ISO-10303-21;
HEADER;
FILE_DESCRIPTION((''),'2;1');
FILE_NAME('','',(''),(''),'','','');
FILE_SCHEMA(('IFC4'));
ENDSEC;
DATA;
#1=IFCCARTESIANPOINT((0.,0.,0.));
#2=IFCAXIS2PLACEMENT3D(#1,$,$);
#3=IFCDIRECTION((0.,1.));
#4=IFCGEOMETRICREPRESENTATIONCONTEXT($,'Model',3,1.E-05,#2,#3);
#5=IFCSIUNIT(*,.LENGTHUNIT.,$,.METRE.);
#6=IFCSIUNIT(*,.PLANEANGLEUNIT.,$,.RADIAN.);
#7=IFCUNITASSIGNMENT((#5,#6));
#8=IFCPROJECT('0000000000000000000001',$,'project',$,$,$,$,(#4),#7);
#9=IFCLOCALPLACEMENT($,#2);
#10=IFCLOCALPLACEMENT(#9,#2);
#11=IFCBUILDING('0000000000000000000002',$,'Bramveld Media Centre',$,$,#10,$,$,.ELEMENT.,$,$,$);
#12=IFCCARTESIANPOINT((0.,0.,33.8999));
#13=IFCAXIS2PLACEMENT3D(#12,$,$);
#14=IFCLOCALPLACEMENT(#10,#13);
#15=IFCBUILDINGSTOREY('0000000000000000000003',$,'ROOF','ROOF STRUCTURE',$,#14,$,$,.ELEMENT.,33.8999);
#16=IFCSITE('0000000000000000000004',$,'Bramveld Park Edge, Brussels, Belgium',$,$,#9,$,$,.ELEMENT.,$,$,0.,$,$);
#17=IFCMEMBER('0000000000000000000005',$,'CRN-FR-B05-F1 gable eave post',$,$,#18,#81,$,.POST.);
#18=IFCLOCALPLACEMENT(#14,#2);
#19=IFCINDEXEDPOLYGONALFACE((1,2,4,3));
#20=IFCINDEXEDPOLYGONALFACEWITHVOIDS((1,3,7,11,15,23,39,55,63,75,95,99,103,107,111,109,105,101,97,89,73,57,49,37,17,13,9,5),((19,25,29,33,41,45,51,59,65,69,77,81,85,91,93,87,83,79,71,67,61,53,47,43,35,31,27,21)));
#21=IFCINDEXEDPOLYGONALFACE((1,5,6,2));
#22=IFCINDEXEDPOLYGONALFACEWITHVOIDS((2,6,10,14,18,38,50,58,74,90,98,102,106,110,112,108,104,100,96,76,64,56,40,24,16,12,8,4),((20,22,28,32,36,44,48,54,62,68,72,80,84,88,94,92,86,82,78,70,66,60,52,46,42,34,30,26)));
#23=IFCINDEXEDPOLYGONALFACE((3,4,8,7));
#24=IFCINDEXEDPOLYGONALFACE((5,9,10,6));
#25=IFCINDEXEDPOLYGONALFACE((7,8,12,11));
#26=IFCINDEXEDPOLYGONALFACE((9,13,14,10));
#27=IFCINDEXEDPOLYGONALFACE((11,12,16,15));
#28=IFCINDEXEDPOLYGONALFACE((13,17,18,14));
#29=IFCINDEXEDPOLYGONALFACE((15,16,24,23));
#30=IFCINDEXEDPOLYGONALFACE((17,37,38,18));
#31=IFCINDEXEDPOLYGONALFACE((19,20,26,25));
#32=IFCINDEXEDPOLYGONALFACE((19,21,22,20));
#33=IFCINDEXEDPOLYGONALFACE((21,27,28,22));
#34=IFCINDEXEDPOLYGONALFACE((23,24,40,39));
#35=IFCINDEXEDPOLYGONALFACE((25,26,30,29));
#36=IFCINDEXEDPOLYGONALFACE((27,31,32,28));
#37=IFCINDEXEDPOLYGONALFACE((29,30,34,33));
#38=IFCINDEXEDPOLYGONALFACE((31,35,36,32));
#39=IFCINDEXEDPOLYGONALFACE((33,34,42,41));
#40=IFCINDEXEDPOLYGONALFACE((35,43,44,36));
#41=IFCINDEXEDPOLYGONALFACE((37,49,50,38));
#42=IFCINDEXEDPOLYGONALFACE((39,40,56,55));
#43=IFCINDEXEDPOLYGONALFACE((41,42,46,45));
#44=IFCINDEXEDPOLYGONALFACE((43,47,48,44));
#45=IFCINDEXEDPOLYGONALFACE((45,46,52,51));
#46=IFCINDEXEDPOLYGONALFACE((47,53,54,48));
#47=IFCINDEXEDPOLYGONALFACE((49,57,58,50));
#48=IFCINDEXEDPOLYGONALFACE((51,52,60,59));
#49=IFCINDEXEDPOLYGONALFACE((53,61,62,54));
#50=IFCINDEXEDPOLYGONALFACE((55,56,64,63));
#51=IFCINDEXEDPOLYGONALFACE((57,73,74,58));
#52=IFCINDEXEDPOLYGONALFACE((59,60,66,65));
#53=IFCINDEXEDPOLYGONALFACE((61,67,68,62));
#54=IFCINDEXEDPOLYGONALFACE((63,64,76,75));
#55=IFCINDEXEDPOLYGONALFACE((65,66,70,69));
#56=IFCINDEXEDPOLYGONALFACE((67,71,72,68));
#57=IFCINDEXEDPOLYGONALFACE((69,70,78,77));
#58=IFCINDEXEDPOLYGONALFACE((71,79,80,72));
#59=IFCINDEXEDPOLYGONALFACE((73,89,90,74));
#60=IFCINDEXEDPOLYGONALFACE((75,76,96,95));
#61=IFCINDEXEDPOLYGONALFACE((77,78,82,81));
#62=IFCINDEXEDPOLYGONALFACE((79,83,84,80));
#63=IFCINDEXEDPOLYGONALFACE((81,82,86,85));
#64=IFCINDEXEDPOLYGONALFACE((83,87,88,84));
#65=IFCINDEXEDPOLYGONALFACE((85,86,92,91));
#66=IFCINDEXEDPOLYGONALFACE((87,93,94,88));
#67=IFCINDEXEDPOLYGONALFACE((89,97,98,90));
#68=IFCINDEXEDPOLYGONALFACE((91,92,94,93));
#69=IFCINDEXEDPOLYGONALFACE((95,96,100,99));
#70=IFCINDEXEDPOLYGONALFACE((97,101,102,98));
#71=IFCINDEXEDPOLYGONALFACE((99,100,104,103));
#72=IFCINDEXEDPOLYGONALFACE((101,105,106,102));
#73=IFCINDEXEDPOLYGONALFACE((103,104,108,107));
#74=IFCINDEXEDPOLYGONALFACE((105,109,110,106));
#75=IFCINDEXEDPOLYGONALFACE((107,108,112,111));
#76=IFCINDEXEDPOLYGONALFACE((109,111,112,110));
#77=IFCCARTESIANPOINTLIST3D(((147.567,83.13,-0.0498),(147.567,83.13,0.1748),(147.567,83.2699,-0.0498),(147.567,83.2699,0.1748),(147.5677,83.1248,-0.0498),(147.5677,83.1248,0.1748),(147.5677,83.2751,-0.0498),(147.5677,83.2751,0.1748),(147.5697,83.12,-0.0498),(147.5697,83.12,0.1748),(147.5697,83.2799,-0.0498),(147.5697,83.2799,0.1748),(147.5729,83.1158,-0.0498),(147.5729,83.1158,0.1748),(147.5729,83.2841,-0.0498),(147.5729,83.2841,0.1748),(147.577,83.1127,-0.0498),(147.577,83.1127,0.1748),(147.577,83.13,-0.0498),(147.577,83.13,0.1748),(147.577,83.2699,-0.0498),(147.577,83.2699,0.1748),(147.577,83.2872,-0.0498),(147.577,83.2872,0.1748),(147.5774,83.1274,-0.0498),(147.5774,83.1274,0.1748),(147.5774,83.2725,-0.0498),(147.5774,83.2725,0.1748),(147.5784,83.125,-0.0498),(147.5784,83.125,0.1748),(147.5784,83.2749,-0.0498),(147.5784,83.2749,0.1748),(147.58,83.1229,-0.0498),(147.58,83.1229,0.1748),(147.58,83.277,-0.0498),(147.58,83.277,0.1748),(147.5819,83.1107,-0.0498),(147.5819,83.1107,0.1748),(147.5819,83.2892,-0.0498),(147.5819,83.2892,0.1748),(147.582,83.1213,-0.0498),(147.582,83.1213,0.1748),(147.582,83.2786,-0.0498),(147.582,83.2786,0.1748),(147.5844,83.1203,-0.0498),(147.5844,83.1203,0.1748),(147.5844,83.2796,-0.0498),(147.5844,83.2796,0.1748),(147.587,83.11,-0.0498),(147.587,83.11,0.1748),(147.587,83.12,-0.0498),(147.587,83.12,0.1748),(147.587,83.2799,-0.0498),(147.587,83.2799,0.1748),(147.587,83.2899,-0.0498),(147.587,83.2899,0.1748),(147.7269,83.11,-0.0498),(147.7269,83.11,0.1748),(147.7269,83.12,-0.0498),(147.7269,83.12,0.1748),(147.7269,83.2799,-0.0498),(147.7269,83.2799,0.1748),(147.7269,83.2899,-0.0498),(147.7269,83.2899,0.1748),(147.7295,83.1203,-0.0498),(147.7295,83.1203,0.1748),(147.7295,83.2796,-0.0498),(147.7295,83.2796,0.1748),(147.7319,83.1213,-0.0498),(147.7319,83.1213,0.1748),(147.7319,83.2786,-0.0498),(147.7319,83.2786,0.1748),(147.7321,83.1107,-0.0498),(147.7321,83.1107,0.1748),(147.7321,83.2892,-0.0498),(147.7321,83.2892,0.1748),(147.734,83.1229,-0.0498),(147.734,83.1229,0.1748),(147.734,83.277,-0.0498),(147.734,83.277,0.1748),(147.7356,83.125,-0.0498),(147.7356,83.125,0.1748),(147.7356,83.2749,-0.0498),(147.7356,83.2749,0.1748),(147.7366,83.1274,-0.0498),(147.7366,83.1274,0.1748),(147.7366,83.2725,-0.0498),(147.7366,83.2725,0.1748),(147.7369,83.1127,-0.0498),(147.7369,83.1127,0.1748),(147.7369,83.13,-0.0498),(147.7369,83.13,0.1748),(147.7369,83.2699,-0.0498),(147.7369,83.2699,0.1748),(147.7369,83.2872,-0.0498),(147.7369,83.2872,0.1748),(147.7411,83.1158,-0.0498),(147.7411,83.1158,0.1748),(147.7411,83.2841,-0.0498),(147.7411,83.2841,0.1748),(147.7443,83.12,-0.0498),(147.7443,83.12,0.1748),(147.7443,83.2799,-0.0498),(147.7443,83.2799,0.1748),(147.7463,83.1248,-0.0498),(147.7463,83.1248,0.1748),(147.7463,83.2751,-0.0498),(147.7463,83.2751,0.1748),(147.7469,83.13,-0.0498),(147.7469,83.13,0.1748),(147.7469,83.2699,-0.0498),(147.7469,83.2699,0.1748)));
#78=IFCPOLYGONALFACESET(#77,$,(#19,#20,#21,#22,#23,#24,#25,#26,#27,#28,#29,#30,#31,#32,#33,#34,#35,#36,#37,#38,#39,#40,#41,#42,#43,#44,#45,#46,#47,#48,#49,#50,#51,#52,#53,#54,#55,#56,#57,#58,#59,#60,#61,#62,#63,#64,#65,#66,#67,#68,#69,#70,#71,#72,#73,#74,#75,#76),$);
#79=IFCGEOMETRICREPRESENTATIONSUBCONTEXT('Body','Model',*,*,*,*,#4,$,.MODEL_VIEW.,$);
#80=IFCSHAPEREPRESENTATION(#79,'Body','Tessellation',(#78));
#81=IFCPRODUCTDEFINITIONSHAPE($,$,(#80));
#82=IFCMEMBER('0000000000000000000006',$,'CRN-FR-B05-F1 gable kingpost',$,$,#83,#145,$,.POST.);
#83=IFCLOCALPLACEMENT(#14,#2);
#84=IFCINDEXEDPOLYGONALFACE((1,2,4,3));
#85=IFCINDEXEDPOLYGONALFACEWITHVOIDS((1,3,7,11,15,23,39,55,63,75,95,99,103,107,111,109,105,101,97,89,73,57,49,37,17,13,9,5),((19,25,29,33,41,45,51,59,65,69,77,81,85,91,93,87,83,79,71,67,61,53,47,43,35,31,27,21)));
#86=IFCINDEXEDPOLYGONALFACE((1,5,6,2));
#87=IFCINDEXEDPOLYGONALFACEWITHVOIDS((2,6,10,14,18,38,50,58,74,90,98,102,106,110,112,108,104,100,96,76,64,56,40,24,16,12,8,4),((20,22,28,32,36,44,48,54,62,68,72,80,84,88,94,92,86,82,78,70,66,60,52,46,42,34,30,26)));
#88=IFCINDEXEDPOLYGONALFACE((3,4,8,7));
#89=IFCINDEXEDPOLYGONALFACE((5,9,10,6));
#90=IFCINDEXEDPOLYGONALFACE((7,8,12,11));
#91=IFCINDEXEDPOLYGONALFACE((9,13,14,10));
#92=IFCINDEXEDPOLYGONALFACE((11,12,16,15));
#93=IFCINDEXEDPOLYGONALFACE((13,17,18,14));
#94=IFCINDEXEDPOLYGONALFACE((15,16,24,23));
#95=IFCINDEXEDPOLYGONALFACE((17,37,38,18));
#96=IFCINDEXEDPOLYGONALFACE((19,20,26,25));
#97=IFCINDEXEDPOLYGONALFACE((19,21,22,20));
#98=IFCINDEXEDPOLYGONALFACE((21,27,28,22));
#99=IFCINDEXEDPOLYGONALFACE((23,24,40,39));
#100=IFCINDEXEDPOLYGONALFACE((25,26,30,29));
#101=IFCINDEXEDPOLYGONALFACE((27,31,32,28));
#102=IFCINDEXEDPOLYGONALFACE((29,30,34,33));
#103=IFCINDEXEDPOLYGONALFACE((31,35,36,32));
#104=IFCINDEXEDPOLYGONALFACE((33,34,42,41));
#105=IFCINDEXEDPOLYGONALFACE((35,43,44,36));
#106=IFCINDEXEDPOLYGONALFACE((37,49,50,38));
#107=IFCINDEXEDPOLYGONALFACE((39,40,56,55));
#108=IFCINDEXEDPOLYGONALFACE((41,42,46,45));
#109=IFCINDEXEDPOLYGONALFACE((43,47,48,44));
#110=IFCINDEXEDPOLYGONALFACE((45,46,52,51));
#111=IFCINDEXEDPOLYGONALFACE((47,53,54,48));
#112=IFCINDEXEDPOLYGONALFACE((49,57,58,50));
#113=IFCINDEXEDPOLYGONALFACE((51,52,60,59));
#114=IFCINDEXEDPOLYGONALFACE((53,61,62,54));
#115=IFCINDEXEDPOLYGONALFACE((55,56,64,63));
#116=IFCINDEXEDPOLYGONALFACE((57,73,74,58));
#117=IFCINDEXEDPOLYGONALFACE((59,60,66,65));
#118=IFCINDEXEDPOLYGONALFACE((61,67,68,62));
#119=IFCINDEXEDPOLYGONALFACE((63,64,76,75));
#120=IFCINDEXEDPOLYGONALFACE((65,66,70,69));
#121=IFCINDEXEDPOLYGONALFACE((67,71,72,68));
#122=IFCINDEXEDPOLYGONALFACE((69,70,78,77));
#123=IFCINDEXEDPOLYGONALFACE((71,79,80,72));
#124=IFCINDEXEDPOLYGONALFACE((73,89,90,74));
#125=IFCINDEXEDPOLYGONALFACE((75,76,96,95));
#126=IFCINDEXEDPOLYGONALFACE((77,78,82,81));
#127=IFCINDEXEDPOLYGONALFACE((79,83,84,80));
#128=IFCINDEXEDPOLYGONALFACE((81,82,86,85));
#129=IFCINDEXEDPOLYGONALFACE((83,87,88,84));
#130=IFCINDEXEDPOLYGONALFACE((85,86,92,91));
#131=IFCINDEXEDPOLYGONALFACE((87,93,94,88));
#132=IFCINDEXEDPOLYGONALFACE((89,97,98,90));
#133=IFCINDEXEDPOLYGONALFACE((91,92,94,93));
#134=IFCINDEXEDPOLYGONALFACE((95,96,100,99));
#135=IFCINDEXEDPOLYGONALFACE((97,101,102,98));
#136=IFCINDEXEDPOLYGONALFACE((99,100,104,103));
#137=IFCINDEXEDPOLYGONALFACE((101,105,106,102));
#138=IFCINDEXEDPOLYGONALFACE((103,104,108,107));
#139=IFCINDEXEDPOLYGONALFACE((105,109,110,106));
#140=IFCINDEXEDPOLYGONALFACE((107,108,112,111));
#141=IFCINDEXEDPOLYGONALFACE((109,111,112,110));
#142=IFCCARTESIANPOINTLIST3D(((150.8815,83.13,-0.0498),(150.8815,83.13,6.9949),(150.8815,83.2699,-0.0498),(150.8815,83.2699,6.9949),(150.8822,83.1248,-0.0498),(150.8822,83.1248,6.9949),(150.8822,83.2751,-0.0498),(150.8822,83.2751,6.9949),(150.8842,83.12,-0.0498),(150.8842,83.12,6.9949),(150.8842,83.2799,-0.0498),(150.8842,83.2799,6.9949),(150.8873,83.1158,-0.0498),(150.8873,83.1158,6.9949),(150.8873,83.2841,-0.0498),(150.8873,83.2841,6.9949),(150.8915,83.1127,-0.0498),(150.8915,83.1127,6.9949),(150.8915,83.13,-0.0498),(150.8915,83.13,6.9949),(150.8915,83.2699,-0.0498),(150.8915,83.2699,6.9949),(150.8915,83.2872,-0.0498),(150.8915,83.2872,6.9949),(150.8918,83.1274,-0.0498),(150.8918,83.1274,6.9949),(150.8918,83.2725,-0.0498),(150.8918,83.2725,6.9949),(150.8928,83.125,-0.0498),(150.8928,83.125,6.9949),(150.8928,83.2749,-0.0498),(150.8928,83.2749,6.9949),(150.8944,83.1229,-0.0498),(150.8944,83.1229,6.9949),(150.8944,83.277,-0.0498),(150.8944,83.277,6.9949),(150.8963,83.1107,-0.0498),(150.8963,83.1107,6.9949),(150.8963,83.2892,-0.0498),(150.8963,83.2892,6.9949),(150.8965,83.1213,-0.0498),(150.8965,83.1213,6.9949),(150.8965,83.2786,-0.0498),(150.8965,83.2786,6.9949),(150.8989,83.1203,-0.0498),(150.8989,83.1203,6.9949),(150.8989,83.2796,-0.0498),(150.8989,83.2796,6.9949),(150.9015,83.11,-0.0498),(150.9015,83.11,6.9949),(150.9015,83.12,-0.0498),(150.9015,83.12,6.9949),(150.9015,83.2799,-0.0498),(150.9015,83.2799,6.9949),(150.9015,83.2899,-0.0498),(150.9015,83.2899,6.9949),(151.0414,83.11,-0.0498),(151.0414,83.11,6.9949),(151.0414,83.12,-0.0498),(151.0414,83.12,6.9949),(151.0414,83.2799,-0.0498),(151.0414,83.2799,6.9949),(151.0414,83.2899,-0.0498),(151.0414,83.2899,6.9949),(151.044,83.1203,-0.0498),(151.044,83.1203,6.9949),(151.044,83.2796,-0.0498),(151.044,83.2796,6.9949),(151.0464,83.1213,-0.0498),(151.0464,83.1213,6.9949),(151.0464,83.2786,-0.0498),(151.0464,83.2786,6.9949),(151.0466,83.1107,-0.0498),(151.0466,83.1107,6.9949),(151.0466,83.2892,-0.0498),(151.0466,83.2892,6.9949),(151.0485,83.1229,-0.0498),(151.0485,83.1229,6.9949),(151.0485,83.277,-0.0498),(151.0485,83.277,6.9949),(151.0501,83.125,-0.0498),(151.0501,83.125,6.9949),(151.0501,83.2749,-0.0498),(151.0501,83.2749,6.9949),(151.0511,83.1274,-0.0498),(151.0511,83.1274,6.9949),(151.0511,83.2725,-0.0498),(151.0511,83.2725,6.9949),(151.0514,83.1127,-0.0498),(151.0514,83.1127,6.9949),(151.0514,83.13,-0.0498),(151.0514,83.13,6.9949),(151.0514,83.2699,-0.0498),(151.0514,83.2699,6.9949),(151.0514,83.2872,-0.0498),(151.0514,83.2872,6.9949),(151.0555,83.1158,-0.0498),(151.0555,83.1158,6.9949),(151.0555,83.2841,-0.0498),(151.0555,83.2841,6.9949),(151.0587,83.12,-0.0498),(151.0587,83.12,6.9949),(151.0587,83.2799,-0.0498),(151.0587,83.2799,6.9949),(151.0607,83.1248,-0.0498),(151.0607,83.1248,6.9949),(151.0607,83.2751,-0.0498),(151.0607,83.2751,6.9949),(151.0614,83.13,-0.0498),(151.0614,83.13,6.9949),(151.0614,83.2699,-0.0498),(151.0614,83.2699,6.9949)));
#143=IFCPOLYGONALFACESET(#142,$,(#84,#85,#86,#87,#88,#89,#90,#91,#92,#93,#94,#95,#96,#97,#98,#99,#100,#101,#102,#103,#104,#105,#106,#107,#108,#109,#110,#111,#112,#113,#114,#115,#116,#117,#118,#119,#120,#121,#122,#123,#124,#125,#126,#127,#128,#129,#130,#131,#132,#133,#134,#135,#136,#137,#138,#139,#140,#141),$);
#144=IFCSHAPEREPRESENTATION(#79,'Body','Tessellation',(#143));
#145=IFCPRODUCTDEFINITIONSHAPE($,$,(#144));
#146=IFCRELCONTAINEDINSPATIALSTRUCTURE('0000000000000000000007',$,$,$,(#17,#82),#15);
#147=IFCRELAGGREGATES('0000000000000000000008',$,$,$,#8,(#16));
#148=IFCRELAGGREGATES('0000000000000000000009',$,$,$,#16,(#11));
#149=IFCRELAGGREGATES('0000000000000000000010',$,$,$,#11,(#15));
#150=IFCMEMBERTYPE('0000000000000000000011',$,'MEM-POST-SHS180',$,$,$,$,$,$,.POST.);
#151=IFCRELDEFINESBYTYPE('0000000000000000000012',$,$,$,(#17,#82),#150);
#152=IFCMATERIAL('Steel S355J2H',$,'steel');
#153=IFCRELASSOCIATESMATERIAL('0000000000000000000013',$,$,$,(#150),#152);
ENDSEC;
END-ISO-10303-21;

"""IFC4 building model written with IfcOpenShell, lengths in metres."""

from ifc_helpers import new_model, si_unit, direction, frame, origin, origin_2d, place, context, subcontext, project, spatial, hollow_rectangle, extrude, material, material_profile, profile_set, type_object, element, save


model = new_model("IFC4")

# Units and contexts
model_context = context("Model", 3, precision=1e-05, world=origin(), true_north=direction((0.0, 1.0)))
body_context = subcontext(model_context, "Body", "Model", "MODEL_VIEW")
ifc_project = project(units=[si_unit("LENGTHUNIT", "METRE"), si_unit("PLANEANGLEUNIT", "RADIAN")], contexts=[model_context])

# Site, building, storey
site_placement = place(None, origin())
site = spatial("IfcSite", under=ifc_project, at=site_placement, Name="Bramveld Park Edge, Brussels, Belgium", CompositionType="ELEMENT", RefElevation=0.0)
building_placement = place(site_placement, origin())
building = spatial("IfcBuilding", under=site, at=building_placement, Name="Bramveld Media Centre", CompositionType="ELEMENT")
storey_placement = place(building_placement, frame((0.0, 0.0, 33.8999)))
storey = spatial("IfcBuildingStorey", under=building, at=storey_placement, Name="ROOF", Description="ROOF STRUCTURE", CompositionType="ELEMENT", Elevation=33.8999)

# Members
ifc_material_1 = material(Name="Steel S355J2H", Category="steel")
ifc_material_profile_1 = material_profile(ifc_material_1, hollow_rectangle(XDim=0.1799, YDim=0.1799, WallThickness=0.01, InnerFilletRadius=0.01, OuterFilletRadius=0.02, at=origin_2d()), Name="SHS 180x180x10")
ifc_profile_set_1 = profile_set([ifc_material_profile_1], Name="Steel S355J2H")
member_type_1 = type_object("IfcMemberType", Name="MEM-POST-SHS180", PredefinedType="POST", material=ifc_profile_set_1)
member_1_placement = place(storey_placement, frame((147.657, 83.2, -0.0498), z_axis=(0.0, 0.0, 1.0), x_axis=(1.0, 0.0, 0.0)))
element("IfcMember", 1, at=member_1_placement, inside=storey, type_object=member_type_1, Name="CRN-FR-B05-F1 gable eave post", PredefinedType="POST", context=body_context, shape_type="SweptSolid", body=[
    extrude(hollow_rectangle(XDim=0.1799, YDim=0.1799, WallThickness=0.01, InnerFilletRadius=0.01, OuterFilletRadius=0.02, at=origin_2d()), origin(), (0.0, 0.0, 1.0), 0.2246),
])
member_2_placement = place(storey_placement, frame((150.9714, 83.2, -0.0498), z_axis=(0.0, 0.0, 1.0), x_axis=(1.0, 0.0, 0.0)))
element("IfcMember", 2, at=member_2_placement, inside=storey, type_object=member_type_1, Name="CRN-FR-B05-F1 gable kingpost", PredefinedType="POST", context=body_context, shape_type="SweptSolid", body=[
    extrude(hollow_rectangle(XDim=0.1799, YDim=0.1799, WallThickness=0.01, InnerFilletRadius=0.01, OuterFilletRadius=0.02, at=origin_2d()), origin(), (0.0, 0.0, 1.0), 7.0447),
])

save(model, "model.ifc")
